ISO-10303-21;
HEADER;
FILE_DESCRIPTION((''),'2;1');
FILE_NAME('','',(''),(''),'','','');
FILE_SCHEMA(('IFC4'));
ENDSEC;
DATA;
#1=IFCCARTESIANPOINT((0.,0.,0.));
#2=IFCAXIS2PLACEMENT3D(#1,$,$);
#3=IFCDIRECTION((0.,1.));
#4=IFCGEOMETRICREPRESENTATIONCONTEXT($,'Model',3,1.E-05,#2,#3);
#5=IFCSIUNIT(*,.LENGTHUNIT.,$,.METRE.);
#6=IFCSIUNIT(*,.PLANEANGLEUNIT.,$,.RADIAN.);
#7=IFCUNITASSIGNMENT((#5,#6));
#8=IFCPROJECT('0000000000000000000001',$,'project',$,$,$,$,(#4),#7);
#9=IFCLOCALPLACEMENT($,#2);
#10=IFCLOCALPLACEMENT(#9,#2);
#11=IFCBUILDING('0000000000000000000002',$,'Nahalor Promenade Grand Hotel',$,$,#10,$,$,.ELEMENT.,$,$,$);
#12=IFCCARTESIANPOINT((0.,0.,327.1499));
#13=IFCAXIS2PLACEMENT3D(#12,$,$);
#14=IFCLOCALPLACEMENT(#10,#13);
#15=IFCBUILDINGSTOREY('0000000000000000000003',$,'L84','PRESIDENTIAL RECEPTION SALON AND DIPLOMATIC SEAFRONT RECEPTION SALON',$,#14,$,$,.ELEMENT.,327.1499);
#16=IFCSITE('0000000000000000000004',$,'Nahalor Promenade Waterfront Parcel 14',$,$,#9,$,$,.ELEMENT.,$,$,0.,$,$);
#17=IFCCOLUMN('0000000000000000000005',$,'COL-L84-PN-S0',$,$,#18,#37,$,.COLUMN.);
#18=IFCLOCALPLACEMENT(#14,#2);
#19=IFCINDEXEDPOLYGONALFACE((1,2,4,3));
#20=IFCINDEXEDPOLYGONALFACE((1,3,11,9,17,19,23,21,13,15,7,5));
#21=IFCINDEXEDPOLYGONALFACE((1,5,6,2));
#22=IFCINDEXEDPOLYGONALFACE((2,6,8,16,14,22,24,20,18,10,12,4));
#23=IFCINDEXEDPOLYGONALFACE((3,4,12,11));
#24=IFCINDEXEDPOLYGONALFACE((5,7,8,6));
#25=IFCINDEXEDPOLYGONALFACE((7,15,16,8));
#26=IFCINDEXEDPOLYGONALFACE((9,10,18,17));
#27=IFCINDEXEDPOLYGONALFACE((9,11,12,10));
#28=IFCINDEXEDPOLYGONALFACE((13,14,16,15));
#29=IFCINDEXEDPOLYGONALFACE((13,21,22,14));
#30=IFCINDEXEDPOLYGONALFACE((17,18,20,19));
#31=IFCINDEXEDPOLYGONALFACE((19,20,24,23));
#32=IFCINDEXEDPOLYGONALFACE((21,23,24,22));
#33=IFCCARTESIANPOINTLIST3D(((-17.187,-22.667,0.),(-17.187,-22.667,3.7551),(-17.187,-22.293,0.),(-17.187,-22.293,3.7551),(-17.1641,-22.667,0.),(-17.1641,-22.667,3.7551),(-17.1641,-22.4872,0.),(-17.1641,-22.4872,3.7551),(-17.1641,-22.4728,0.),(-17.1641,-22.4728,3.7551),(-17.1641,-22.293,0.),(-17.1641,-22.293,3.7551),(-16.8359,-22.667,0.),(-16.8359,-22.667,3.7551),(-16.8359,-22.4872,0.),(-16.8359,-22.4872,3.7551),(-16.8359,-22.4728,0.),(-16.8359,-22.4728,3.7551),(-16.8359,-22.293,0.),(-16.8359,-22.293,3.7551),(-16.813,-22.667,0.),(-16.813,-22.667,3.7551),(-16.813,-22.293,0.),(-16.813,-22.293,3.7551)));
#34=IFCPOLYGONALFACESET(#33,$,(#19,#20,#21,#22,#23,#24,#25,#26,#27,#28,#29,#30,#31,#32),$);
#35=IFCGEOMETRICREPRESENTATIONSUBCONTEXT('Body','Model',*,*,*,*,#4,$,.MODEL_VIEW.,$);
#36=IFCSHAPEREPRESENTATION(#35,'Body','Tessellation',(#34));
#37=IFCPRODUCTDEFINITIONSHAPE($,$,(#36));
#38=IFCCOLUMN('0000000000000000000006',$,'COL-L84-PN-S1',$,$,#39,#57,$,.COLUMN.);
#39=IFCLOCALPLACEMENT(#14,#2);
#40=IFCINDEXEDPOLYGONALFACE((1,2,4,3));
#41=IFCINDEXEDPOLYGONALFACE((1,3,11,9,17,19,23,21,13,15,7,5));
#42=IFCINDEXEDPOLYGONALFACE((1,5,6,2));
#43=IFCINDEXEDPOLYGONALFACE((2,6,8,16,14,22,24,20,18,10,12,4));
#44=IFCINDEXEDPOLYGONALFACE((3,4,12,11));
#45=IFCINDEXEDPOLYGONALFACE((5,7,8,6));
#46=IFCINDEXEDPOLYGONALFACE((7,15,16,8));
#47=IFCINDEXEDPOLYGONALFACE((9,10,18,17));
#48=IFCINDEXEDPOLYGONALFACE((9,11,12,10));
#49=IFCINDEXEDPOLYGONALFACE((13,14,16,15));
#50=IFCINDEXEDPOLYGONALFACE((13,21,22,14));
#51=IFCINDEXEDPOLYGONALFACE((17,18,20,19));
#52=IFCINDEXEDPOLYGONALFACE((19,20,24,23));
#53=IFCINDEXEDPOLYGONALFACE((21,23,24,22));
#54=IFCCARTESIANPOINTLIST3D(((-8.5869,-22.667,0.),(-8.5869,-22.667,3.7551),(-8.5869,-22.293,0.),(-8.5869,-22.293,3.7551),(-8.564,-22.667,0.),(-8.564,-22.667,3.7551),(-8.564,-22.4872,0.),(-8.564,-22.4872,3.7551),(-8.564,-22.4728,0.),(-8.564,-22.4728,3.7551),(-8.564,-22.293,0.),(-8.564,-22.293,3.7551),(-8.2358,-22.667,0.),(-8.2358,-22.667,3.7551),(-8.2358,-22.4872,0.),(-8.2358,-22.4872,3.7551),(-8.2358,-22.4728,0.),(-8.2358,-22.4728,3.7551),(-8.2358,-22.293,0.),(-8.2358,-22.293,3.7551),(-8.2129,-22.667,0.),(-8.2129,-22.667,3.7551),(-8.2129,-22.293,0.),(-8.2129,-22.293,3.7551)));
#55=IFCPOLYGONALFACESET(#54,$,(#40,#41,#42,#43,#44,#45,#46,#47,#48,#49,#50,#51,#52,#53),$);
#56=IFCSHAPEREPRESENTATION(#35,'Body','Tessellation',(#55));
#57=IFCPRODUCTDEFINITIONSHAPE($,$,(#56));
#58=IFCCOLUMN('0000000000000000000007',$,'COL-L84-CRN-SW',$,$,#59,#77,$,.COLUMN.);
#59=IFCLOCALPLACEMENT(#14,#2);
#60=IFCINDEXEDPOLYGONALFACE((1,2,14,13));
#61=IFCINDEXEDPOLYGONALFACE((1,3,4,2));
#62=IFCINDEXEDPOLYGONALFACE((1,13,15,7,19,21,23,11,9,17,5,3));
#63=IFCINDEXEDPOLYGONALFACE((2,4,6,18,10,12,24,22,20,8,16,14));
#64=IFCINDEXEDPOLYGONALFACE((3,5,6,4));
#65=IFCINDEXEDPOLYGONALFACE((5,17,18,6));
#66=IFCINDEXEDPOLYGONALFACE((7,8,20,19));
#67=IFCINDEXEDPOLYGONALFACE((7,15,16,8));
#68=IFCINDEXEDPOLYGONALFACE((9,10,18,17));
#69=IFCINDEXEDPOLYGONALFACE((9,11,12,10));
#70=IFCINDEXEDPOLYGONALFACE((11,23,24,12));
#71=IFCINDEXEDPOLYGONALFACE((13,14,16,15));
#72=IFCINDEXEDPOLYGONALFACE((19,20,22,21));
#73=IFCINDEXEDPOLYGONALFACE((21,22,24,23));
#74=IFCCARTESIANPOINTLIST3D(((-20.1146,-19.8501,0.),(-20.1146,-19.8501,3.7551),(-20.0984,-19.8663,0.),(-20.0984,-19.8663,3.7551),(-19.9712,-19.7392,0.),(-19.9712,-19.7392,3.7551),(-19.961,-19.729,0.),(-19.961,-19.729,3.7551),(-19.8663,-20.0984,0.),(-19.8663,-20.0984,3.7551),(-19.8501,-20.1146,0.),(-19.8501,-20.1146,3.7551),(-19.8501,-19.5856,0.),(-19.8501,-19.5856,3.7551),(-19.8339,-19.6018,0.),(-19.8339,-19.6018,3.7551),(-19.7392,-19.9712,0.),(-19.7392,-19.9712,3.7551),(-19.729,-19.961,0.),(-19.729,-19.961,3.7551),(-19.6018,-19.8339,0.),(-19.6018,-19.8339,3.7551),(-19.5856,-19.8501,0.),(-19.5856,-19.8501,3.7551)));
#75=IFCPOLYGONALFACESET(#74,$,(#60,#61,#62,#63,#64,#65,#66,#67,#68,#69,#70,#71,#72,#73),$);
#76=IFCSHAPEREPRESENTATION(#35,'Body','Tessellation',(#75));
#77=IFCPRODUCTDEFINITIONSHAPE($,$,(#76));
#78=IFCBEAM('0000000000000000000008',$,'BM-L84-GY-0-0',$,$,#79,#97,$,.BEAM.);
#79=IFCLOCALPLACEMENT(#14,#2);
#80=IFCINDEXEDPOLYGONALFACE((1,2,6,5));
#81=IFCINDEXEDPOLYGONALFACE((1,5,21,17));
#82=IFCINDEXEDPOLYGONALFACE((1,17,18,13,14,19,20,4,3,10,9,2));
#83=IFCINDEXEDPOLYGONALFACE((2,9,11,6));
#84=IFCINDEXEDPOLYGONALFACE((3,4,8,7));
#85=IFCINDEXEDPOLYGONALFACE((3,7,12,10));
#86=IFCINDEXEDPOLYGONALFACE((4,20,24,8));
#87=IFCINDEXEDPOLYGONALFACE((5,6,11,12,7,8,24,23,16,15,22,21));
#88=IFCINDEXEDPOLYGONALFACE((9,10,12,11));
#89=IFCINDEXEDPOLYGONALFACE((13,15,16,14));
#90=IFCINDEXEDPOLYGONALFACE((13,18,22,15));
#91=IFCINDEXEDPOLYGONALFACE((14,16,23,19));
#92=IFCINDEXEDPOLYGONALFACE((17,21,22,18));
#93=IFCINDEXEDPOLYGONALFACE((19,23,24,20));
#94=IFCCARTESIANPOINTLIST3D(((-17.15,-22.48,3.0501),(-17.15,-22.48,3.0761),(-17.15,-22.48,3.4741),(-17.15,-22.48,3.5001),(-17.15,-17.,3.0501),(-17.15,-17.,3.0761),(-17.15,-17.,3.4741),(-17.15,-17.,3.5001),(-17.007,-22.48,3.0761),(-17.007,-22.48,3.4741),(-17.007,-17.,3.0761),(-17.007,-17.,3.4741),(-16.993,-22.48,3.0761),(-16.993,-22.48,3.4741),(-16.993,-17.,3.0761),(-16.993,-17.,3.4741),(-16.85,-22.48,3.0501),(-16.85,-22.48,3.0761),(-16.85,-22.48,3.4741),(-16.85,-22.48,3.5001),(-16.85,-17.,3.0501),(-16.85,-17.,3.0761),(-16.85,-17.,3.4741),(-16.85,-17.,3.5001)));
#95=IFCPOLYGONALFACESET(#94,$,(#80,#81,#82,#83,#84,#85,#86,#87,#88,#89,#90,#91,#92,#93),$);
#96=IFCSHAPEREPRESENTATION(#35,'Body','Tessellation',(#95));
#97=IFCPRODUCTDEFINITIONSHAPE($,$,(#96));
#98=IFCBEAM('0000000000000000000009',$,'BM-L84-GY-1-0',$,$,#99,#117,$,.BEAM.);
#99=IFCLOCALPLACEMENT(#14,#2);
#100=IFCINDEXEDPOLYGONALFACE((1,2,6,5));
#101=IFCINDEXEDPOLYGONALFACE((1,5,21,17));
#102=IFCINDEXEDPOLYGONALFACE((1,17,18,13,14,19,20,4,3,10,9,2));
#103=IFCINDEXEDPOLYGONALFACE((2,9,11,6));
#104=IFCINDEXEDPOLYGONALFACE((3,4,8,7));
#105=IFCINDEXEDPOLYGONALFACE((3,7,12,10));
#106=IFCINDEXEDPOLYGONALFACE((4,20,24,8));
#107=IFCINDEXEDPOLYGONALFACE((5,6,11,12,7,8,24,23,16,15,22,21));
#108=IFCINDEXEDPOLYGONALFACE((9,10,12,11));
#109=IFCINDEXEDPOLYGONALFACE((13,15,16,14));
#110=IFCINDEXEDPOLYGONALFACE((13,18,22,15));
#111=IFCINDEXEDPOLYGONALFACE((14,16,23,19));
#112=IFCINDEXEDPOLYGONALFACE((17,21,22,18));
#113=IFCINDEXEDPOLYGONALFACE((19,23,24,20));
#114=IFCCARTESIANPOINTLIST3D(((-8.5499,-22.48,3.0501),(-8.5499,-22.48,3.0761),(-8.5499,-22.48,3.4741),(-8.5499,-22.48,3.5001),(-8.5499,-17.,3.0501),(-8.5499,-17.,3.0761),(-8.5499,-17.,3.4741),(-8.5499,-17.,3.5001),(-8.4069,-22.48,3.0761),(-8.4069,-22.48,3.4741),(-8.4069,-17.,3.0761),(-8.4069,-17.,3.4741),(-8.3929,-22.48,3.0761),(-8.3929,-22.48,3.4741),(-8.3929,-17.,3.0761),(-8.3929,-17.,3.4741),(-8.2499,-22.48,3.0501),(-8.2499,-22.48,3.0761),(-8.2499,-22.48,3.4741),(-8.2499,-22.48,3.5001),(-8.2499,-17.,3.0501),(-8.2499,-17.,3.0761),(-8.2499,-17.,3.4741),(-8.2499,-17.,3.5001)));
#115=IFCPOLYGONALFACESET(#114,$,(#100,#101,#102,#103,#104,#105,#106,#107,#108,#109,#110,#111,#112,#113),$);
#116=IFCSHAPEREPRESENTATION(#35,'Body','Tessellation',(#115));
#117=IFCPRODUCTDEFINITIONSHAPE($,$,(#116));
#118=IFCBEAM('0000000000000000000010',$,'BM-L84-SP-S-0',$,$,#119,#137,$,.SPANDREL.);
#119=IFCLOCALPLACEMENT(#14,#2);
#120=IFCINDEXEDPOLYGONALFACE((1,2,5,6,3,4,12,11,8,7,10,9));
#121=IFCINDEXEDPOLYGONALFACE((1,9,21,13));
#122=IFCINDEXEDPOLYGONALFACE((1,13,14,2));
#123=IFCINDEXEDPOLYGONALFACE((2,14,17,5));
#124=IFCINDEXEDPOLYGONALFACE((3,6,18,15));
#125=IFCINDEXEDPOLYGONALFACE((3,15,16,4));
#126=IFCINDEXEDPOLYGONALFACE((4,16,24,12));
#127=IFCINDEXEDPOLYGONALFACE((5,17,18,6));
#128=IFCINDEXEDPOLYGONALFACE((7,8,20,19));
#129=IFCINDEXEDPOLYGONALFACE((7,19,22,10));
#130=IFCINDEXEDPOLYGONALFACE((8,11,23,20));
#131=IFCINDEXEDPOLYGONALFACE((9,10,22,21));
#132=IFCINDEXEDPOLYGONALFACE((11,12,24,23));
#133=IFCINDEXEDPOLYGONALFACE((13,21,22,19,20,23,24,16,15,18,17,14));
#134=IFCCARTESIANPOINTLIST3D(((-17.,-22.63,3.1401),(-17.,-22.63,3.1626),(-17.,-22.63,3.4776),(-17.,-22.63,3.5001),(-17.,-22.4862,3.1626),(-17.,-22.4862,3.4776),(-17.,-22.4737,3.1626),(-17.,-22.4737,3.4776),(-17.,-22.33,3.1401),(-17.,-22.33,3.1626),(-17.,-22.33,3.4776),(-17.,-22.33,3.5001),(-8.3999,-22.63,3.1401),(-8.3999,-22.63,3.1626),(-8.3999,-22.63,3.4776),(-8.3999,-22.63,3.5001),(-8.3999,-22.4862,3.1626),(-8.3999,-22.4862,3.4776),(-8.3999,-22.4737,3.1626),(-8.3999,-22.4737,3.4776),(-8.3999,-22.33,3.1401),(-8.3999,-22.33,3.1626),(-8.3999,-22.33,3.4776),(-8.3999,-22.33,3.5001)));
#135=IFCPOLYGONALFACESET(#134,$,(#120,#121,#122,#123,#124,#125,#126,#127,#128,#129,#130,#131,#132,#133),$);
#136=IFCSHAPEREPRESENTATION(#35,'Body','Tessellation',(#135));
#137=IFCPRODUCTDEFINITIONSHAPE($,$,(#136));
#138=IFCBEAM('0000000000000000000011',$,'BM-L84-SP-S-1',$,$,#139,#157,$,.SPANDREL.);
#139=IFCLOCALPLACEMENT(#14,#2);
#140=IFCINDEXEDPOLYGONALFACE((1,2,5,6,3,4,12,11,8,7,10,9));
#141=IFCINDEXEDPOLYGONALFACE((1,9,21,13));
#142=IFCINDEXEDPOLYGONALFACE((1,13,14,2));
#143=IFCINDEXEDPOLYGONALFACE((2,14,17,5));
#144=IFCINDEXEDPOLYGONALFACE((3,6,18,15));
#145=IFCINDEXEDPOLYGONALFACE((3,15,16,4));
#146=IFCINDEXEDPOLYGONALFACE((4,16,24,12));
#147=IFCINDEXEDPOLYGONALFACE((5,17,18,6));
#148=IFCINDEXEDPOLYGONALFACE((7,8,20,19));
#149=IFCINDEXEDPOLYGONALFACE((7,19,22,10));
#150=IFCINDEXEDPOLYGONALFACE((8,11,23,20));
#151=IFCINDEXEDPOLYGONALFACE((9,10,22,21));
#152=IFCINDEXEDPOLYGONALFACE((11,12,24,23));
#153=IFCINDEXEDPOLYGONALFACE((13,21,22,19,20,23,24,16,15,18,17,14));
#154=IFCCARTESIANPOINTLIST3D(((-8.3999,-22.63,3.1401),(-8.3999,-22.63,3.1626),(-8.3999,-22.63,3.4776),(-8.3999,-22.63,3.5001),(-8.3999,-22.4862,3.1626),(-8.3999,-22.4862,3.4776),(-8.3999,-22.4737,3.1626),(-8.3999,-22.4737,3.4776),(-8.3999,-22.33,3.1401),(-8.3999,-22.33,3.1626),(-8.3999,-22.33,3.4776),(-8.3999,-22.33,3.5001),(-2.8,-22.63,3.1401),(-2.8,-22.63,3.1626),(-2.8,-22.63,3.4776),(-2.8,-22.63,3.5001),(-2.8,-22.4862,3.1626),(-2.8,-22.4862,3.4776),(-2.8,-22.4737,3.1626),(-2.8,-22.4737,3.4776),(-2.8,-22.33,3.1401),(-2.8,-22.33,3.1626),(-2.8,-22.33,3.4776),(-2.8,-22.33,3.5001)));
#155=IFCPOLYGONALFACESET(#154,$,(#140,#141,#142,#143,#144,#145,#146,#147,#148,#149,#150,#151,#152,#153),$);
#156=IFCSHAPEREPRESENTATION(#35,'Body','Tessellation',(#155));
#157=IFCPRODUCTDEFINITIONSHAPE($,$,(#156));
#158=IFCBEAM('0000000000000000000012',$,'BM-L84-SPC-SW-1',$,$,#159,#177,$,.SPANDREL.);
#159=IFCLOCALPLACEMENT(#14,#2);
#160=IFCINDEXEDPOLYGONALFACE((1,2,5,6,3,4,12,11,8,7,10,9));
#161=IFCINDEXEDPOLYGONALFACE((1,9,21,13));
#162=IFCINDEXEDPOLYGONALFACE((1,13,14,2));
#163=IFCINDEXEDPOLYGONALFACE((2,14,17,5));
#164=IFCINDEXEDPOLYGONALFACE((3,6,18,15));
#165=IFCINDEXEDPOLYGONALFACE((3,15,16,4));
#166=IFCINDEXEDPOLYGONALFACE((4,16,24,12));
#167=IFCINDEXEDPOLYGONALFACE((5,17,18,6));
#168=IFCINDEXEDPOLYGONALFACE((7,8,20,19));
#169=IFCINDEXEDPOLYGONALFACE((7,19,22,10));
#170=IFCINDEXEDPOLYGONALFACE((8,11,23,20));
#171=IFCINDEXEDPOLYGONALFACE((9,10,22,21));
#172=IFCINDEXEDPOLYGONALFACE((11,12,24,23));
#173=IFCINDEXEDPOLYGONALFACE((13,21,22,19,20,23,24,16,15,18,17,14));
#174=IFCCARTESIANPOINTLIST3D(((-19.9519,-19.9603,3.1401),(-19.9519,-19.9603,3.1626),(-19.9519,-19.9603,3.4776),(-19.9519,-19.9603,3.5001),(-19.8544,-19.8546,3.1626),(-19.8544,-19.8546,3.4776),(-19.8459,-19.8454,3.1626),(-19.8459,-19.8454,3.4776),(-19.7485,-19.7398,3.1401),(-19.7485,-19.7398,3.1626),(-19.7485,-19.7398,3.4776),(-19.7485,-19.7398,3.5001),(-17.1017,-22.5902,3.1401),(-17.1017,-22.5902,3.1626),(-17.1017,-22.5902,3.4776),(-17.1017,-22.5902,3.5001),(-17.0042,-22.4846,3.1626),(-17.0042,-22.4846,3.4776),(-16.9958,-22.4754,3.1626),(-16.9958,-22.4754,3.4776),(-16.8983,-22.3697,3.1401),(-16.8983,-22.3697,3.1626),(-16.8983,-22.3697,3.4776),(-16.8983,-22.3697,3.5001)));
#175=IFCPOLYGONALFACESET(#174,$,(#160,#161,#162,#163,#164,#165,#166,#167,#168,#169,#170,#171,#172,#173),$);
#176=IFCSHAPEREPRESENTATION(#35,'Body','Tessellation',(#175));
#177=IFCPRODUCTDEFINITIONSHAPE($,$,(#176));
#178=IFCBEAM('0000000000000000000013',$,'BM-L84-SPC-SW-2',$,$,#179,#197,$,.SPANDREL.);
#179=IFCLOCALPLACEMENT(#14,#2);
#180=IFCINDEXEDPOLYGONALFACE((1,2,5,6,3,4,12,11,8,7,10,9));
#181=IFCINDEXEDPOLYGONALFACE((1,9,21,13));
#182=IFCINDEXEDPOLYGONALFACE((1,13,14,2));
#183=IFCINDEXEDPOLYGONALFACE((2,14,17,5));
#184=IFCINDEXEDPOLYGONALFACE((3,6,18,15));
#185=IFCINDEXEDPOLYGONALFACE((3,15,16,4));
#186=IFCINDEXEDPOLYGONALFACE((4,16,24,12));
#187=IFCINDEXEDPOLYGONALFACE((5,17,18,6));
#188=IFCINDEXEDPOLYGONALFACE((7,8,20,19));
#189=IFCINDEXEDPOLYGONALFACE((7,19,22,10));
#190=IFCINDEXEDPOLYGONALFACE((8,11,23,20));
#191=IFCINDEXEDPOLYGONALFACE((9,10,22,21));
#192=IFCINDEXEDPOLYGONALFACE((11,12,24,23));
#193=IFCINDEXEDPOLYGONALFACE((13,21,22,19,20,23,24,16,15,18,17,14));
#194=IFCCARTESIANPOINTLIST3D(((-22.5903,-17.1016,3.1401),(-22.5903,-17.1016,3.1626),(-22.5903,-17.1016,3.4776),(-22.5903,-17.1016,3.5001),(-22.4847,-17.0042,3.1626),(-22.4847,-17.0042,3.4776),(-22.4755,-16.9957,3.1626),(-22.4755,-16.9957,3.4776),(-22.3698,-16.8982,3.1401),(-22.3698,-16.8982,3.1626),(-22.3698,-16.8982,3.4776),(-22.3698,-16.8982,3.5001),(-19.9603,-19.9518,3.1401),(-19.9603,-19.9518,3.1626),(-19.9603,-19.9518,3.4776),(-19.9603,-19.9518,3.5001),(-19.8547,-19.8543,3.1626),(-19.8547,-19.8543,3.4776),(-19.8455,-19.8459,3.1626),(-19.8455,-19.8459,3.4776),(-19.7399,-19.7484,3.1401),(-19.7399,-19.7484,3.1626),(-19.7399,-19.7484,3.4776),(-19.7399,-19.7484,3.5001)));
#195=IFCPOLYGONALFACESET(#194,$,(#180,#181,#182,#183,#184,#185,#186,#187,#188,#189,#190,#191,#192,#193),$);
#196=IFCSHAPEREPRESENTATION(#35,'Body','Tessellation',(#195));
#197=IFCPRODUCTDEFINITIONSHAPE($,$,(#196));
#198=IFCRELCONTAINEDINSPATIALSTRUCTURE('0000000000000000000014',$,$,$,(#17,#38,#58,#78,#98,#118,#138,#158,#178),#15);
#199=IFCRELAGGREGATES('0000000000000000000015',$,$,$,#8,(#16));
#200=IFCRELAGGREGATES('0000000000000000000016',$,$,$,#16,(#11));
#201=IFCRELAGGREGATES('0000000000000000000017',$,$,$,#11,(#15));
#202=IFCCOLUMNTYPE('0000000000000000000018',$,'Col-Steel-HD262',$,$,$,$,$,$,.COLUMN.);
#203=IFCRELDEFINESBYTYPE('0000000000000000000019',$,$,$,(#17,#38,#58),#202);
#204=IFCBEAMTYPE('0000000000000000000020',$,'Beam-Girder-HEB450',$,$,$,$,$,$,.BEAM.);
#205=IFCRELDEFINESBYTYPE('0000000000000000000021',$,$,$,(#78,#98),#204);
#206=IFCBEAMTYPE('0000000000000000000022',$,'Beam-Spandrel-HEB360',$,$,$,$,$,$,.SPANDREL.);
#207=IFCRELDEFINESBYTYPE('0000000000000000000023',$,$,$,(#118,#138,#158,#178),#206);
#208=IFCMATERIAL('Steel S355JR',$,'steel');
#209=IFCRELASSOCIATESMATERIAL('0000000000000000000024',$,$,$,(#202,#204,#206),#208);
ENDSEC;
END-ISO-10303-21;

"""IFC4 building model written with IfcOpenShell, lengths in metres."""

from ifc_helpers import new_model, si_unit, direction, frame, origin, origin_2d, place, context, subcontext, project, spatial, i_section, extrude, source, transform, mapped, material, material_profile, profile_set, type_object, element, save


model = new_model("IFC4")

# Units and contexts
model_context = context("Model", 3, precision=1e-05, world=origin(), true_north=direction((0.0, 1.0)))
body_context = subcontext(model_context, "Body", "Model", "MODEL_VIEW")
ifc_project = project(units=[si_unit("LENGTHUNIT", "METRE"), si_unit("PLANEANGLEUNIT", "RADIAN")], contexts=[model_context])

# Site, building, storey
site_placement = place(None, origin())
site = spatial("IfcSite", under=ifc_project, at=site_placement, Name="Nahalor Promenade Waterfront Parcel 14", CompositionType="ELEMENT", RefElevation=0.0)
building_placement = place(site_placement, origin())
building = spatial("IfcBuilding", under=site, at=building_placement, Name="Nahalor Promenade Grand Hotel", CompositionType="ELEMENT")
storey_placement = place(building_placement, frame((0.0, 0.0, 327.1499)))
storey = spatial("IfcBuildingStorey", under=building, at=storey_placement, Name="L84", Description="PRESIDENTIAL RECEPTION SALON AND DIPLOMATIC SEAFRONT RECEPTION SALON", CompositionType="ELEMENT", Elevation=327.1499)

# Columns
ifc_material_1 = material(Name="Steel S355JR", Category="steel")
ifc_material_profile_1 = material_profile(ifc_material_1, i_section(OverallWidth=0.374, OverallDepth=0.374, WebThickness=0.0144, FlangeThickness=0.0229, at=origin_2d()), Name="HD 360x262")
ifc_profile_set_1 = profile_set([ifc_material_profile_1], Name="Steel S355JR")
column_type = type_object("IfcColumnType", Name="Col-Steel-HD262", PredefinedType="COLUMN", material=ifc_profile_set_1)
shared_shape_1 = source(origin(), body_context, "Body", "SweptSolid", [
    extrude(i_section(OverallWidth=0.374, OverallDepth=0.374, WebThickness=0.0144, FlangeThickness=0.0229, at=origin_2d()), origin(), (0.0, 0.0, 1.0), 3.7551),
])
for number, where, z_axis, x_axis, name in (
    (1, (-17.0, -22.48, 0.0), (0.0, 0.0, 1.0), (0.0, 1.0, 0.0), "COL-L84-PN-S0"),
    (2, (-8.3999, -22.48, 0.0), (0.0, 0.0, 1.0), (0.0, 1.0, 0.0), "COL-L84-PN-S1"),
    (3, (-19.8501, -19.8501, 0.0), (0.0, 0.0, 1.0), (0.707107, 0.707107, 0.0), "COL-L84-CRN-SW"),
):
    element("IfcColumn", number, at=place(storey_placement, frame(where, z_axis=z_axis, x_axis=x_axis)), inside=storey, type_object=column_type, Name=name, PredefinedType="COLUMN", context=body_context, shape_type="MappedRepresentation", body=[
        mapped(shared_shape_1, transform((0.0, 0.0, 0.0), scale=1.0)),
    ])

# Beams
ifc_material_profile_2 = material_profile(ifc_material_1, i_section(OverallWidth=0.3, OverallDepth=0.45, WebThickness=0.014, FlangeThickness=0.026, at=origin_2d()), Name="HEB 450")
ifc_profile_set_2 = profile_set([ifc_material_profile_2], Name="Steel S355JR")
beam_type_1 = type_object("IfcBeamType", Name="Beam-Girder-HEB450", PredefinedType="BEAM", material=ifc_profile_set_2)
shared_shape_2 = source(origin(), body_context, "Body", "SweptSolid", [
    extrude(i_section(OverallWidth=0.3, OverallDepth=0.45, WebThickness=0.014, FlangeThickness=0.026, at=origin_2d()), origin(), (0.0, 0.0, 1.0), 5.48),
])
for number, where, z_axis, x_axis, name in (
    (4, (-17.0, -22.48, 3.2751), (0.0, 1.0, 0.0), (-1.0, 0.0, 0.0), "BM-L84-GY-0-0"),
    (5, (-8.3999, -22.48, 3.2751), (0.0, 1.0, 0.0), (-1.0, 0.0, 0.0), "BM-L84-GY-1-0"),
):
    element("IfcBeam", number, at=place(storey_placement, frame(where, z_axis=z_axis, x_axis=x_axis)), inside=storey, type_object=beam_type_1, Name=name, PredefinedType="BEAM", context=body_context, shape_type="MappedRepresentation", body=[
        mapped(shared_shape_2, transform((0.0, 0.0, 0.0), scale=1.0)),
    ])
ifc_material_profile_3 = material_profile(ifc_material_1, i_section(OverallWidth=0.3, OverallDepth=0.36, WebThickness=0.0125, FlangeThickness=0.0225, at=origin_2d()), Name="HEB 360")
ifc_profile_set_3 = profile_set([ifc_material_profile_3], Name="Steel S355JR")
beam_type_2 = type_object("IfcBeamType", Name="Beam-Spandrel-HEB360", PredefinedType="SPANDREL", material=ifc_profile_set_3)
shared_shape_3 = source(origin(), body_context, "Body", "SweptSolid", [
    extrude(i_section(OverallWidth=0.3, OverallDepth=0.36, WebThickness=0.0125, FlangeThickness=0.0225, at=origin_2d()), origin(), (0.0, 0.0, 1.0), 8.6001),
])
beam_1_placement = place(storey_placement, frame((-17.0, -22.48, 3.3201), z_axis=(1.0, 0.0, 0.0), x_axis=(0.0, 1.0, 0.0)))
element("IfcBeam", 6, at=beam_1_placement, inside=storey, type_object=beam_type_2, Name="BM-L84-SP-S-0", PredefinedType="SPANDREL", context=body_context, shape_type="MappedRepresentation", body=[
    mapped(shared_shape_3, transform((0.0, 0.0, 0.0), scale=1.0)),
])
shared_shape_4 = source(origin(), body_context, "Body", "SweptSolid", [
    extrude(i_section(OverallWidth=0.3, OverallDepth=0.36, WebThickness=0.0125, FlangeThickness=0.0225, at=origin_2d()), origin(), (0.0, 0.0, 1.0), 5.5999),
])
beam_2_placement = place(storey_placement, frame((-8.3999, -22.48, 3.3201), z_axis=(1.0, 0.0, 0.0), x_axis=(0.0, 1.0, 0.0)))
element("IfcBeam", 7, at=beam_2_placement, inside=storey, type_object=beam_type_2, Name="BM-L84-SP-S-1", PredefinedType="SPANDREL", context=body_context, shape_type="MappedRepresentation", body=[
    mapped(shared_shape_4, transform((0.0, 0.0, 0.0), scale=1.0)),
])
shared_shape_5 = source(origin(), body_context, "Body", "SweptSolid", [
    extrude(i_section(OverallWidth=0.3, OverallDepth=0.36, WebThickness=0.0125, FlangeThickness=0.0225, at=origin_2d()), origin(), (0.0, 0.0, 1.0), 3.8782),
])
for number, where, z_axis, x_axis, name in (
    (8, (-17.0, -22.48, 3.3201), (-0.734929, 0.678144, 0.0), (-0.678144, -0.734929, 0.0), "BM-L84-SPC-SW-1"),
    (9, (-19.8501, -19.8501, 3.3201), (-0.678144, 0.734929, 0.0), (-0.734929, -0.678144, 0.0), "BM-L84-SPC-SW-2"),
):
    element("IfcBeam", number, at=place(storey_placement, frame(where, z_axis=z_axis, x_axis=x_axis)), inside=storey, type_object=beam_type_2, Name=name, PredefinedType="SPANDREL", context=body_context, shape_type="MappedRepresentation", body=[
        mapped(shared_shape_5, transform((0.0, 0.0, 0.0), scale=1.0)),
    ])

save(model, "model.ifc")
